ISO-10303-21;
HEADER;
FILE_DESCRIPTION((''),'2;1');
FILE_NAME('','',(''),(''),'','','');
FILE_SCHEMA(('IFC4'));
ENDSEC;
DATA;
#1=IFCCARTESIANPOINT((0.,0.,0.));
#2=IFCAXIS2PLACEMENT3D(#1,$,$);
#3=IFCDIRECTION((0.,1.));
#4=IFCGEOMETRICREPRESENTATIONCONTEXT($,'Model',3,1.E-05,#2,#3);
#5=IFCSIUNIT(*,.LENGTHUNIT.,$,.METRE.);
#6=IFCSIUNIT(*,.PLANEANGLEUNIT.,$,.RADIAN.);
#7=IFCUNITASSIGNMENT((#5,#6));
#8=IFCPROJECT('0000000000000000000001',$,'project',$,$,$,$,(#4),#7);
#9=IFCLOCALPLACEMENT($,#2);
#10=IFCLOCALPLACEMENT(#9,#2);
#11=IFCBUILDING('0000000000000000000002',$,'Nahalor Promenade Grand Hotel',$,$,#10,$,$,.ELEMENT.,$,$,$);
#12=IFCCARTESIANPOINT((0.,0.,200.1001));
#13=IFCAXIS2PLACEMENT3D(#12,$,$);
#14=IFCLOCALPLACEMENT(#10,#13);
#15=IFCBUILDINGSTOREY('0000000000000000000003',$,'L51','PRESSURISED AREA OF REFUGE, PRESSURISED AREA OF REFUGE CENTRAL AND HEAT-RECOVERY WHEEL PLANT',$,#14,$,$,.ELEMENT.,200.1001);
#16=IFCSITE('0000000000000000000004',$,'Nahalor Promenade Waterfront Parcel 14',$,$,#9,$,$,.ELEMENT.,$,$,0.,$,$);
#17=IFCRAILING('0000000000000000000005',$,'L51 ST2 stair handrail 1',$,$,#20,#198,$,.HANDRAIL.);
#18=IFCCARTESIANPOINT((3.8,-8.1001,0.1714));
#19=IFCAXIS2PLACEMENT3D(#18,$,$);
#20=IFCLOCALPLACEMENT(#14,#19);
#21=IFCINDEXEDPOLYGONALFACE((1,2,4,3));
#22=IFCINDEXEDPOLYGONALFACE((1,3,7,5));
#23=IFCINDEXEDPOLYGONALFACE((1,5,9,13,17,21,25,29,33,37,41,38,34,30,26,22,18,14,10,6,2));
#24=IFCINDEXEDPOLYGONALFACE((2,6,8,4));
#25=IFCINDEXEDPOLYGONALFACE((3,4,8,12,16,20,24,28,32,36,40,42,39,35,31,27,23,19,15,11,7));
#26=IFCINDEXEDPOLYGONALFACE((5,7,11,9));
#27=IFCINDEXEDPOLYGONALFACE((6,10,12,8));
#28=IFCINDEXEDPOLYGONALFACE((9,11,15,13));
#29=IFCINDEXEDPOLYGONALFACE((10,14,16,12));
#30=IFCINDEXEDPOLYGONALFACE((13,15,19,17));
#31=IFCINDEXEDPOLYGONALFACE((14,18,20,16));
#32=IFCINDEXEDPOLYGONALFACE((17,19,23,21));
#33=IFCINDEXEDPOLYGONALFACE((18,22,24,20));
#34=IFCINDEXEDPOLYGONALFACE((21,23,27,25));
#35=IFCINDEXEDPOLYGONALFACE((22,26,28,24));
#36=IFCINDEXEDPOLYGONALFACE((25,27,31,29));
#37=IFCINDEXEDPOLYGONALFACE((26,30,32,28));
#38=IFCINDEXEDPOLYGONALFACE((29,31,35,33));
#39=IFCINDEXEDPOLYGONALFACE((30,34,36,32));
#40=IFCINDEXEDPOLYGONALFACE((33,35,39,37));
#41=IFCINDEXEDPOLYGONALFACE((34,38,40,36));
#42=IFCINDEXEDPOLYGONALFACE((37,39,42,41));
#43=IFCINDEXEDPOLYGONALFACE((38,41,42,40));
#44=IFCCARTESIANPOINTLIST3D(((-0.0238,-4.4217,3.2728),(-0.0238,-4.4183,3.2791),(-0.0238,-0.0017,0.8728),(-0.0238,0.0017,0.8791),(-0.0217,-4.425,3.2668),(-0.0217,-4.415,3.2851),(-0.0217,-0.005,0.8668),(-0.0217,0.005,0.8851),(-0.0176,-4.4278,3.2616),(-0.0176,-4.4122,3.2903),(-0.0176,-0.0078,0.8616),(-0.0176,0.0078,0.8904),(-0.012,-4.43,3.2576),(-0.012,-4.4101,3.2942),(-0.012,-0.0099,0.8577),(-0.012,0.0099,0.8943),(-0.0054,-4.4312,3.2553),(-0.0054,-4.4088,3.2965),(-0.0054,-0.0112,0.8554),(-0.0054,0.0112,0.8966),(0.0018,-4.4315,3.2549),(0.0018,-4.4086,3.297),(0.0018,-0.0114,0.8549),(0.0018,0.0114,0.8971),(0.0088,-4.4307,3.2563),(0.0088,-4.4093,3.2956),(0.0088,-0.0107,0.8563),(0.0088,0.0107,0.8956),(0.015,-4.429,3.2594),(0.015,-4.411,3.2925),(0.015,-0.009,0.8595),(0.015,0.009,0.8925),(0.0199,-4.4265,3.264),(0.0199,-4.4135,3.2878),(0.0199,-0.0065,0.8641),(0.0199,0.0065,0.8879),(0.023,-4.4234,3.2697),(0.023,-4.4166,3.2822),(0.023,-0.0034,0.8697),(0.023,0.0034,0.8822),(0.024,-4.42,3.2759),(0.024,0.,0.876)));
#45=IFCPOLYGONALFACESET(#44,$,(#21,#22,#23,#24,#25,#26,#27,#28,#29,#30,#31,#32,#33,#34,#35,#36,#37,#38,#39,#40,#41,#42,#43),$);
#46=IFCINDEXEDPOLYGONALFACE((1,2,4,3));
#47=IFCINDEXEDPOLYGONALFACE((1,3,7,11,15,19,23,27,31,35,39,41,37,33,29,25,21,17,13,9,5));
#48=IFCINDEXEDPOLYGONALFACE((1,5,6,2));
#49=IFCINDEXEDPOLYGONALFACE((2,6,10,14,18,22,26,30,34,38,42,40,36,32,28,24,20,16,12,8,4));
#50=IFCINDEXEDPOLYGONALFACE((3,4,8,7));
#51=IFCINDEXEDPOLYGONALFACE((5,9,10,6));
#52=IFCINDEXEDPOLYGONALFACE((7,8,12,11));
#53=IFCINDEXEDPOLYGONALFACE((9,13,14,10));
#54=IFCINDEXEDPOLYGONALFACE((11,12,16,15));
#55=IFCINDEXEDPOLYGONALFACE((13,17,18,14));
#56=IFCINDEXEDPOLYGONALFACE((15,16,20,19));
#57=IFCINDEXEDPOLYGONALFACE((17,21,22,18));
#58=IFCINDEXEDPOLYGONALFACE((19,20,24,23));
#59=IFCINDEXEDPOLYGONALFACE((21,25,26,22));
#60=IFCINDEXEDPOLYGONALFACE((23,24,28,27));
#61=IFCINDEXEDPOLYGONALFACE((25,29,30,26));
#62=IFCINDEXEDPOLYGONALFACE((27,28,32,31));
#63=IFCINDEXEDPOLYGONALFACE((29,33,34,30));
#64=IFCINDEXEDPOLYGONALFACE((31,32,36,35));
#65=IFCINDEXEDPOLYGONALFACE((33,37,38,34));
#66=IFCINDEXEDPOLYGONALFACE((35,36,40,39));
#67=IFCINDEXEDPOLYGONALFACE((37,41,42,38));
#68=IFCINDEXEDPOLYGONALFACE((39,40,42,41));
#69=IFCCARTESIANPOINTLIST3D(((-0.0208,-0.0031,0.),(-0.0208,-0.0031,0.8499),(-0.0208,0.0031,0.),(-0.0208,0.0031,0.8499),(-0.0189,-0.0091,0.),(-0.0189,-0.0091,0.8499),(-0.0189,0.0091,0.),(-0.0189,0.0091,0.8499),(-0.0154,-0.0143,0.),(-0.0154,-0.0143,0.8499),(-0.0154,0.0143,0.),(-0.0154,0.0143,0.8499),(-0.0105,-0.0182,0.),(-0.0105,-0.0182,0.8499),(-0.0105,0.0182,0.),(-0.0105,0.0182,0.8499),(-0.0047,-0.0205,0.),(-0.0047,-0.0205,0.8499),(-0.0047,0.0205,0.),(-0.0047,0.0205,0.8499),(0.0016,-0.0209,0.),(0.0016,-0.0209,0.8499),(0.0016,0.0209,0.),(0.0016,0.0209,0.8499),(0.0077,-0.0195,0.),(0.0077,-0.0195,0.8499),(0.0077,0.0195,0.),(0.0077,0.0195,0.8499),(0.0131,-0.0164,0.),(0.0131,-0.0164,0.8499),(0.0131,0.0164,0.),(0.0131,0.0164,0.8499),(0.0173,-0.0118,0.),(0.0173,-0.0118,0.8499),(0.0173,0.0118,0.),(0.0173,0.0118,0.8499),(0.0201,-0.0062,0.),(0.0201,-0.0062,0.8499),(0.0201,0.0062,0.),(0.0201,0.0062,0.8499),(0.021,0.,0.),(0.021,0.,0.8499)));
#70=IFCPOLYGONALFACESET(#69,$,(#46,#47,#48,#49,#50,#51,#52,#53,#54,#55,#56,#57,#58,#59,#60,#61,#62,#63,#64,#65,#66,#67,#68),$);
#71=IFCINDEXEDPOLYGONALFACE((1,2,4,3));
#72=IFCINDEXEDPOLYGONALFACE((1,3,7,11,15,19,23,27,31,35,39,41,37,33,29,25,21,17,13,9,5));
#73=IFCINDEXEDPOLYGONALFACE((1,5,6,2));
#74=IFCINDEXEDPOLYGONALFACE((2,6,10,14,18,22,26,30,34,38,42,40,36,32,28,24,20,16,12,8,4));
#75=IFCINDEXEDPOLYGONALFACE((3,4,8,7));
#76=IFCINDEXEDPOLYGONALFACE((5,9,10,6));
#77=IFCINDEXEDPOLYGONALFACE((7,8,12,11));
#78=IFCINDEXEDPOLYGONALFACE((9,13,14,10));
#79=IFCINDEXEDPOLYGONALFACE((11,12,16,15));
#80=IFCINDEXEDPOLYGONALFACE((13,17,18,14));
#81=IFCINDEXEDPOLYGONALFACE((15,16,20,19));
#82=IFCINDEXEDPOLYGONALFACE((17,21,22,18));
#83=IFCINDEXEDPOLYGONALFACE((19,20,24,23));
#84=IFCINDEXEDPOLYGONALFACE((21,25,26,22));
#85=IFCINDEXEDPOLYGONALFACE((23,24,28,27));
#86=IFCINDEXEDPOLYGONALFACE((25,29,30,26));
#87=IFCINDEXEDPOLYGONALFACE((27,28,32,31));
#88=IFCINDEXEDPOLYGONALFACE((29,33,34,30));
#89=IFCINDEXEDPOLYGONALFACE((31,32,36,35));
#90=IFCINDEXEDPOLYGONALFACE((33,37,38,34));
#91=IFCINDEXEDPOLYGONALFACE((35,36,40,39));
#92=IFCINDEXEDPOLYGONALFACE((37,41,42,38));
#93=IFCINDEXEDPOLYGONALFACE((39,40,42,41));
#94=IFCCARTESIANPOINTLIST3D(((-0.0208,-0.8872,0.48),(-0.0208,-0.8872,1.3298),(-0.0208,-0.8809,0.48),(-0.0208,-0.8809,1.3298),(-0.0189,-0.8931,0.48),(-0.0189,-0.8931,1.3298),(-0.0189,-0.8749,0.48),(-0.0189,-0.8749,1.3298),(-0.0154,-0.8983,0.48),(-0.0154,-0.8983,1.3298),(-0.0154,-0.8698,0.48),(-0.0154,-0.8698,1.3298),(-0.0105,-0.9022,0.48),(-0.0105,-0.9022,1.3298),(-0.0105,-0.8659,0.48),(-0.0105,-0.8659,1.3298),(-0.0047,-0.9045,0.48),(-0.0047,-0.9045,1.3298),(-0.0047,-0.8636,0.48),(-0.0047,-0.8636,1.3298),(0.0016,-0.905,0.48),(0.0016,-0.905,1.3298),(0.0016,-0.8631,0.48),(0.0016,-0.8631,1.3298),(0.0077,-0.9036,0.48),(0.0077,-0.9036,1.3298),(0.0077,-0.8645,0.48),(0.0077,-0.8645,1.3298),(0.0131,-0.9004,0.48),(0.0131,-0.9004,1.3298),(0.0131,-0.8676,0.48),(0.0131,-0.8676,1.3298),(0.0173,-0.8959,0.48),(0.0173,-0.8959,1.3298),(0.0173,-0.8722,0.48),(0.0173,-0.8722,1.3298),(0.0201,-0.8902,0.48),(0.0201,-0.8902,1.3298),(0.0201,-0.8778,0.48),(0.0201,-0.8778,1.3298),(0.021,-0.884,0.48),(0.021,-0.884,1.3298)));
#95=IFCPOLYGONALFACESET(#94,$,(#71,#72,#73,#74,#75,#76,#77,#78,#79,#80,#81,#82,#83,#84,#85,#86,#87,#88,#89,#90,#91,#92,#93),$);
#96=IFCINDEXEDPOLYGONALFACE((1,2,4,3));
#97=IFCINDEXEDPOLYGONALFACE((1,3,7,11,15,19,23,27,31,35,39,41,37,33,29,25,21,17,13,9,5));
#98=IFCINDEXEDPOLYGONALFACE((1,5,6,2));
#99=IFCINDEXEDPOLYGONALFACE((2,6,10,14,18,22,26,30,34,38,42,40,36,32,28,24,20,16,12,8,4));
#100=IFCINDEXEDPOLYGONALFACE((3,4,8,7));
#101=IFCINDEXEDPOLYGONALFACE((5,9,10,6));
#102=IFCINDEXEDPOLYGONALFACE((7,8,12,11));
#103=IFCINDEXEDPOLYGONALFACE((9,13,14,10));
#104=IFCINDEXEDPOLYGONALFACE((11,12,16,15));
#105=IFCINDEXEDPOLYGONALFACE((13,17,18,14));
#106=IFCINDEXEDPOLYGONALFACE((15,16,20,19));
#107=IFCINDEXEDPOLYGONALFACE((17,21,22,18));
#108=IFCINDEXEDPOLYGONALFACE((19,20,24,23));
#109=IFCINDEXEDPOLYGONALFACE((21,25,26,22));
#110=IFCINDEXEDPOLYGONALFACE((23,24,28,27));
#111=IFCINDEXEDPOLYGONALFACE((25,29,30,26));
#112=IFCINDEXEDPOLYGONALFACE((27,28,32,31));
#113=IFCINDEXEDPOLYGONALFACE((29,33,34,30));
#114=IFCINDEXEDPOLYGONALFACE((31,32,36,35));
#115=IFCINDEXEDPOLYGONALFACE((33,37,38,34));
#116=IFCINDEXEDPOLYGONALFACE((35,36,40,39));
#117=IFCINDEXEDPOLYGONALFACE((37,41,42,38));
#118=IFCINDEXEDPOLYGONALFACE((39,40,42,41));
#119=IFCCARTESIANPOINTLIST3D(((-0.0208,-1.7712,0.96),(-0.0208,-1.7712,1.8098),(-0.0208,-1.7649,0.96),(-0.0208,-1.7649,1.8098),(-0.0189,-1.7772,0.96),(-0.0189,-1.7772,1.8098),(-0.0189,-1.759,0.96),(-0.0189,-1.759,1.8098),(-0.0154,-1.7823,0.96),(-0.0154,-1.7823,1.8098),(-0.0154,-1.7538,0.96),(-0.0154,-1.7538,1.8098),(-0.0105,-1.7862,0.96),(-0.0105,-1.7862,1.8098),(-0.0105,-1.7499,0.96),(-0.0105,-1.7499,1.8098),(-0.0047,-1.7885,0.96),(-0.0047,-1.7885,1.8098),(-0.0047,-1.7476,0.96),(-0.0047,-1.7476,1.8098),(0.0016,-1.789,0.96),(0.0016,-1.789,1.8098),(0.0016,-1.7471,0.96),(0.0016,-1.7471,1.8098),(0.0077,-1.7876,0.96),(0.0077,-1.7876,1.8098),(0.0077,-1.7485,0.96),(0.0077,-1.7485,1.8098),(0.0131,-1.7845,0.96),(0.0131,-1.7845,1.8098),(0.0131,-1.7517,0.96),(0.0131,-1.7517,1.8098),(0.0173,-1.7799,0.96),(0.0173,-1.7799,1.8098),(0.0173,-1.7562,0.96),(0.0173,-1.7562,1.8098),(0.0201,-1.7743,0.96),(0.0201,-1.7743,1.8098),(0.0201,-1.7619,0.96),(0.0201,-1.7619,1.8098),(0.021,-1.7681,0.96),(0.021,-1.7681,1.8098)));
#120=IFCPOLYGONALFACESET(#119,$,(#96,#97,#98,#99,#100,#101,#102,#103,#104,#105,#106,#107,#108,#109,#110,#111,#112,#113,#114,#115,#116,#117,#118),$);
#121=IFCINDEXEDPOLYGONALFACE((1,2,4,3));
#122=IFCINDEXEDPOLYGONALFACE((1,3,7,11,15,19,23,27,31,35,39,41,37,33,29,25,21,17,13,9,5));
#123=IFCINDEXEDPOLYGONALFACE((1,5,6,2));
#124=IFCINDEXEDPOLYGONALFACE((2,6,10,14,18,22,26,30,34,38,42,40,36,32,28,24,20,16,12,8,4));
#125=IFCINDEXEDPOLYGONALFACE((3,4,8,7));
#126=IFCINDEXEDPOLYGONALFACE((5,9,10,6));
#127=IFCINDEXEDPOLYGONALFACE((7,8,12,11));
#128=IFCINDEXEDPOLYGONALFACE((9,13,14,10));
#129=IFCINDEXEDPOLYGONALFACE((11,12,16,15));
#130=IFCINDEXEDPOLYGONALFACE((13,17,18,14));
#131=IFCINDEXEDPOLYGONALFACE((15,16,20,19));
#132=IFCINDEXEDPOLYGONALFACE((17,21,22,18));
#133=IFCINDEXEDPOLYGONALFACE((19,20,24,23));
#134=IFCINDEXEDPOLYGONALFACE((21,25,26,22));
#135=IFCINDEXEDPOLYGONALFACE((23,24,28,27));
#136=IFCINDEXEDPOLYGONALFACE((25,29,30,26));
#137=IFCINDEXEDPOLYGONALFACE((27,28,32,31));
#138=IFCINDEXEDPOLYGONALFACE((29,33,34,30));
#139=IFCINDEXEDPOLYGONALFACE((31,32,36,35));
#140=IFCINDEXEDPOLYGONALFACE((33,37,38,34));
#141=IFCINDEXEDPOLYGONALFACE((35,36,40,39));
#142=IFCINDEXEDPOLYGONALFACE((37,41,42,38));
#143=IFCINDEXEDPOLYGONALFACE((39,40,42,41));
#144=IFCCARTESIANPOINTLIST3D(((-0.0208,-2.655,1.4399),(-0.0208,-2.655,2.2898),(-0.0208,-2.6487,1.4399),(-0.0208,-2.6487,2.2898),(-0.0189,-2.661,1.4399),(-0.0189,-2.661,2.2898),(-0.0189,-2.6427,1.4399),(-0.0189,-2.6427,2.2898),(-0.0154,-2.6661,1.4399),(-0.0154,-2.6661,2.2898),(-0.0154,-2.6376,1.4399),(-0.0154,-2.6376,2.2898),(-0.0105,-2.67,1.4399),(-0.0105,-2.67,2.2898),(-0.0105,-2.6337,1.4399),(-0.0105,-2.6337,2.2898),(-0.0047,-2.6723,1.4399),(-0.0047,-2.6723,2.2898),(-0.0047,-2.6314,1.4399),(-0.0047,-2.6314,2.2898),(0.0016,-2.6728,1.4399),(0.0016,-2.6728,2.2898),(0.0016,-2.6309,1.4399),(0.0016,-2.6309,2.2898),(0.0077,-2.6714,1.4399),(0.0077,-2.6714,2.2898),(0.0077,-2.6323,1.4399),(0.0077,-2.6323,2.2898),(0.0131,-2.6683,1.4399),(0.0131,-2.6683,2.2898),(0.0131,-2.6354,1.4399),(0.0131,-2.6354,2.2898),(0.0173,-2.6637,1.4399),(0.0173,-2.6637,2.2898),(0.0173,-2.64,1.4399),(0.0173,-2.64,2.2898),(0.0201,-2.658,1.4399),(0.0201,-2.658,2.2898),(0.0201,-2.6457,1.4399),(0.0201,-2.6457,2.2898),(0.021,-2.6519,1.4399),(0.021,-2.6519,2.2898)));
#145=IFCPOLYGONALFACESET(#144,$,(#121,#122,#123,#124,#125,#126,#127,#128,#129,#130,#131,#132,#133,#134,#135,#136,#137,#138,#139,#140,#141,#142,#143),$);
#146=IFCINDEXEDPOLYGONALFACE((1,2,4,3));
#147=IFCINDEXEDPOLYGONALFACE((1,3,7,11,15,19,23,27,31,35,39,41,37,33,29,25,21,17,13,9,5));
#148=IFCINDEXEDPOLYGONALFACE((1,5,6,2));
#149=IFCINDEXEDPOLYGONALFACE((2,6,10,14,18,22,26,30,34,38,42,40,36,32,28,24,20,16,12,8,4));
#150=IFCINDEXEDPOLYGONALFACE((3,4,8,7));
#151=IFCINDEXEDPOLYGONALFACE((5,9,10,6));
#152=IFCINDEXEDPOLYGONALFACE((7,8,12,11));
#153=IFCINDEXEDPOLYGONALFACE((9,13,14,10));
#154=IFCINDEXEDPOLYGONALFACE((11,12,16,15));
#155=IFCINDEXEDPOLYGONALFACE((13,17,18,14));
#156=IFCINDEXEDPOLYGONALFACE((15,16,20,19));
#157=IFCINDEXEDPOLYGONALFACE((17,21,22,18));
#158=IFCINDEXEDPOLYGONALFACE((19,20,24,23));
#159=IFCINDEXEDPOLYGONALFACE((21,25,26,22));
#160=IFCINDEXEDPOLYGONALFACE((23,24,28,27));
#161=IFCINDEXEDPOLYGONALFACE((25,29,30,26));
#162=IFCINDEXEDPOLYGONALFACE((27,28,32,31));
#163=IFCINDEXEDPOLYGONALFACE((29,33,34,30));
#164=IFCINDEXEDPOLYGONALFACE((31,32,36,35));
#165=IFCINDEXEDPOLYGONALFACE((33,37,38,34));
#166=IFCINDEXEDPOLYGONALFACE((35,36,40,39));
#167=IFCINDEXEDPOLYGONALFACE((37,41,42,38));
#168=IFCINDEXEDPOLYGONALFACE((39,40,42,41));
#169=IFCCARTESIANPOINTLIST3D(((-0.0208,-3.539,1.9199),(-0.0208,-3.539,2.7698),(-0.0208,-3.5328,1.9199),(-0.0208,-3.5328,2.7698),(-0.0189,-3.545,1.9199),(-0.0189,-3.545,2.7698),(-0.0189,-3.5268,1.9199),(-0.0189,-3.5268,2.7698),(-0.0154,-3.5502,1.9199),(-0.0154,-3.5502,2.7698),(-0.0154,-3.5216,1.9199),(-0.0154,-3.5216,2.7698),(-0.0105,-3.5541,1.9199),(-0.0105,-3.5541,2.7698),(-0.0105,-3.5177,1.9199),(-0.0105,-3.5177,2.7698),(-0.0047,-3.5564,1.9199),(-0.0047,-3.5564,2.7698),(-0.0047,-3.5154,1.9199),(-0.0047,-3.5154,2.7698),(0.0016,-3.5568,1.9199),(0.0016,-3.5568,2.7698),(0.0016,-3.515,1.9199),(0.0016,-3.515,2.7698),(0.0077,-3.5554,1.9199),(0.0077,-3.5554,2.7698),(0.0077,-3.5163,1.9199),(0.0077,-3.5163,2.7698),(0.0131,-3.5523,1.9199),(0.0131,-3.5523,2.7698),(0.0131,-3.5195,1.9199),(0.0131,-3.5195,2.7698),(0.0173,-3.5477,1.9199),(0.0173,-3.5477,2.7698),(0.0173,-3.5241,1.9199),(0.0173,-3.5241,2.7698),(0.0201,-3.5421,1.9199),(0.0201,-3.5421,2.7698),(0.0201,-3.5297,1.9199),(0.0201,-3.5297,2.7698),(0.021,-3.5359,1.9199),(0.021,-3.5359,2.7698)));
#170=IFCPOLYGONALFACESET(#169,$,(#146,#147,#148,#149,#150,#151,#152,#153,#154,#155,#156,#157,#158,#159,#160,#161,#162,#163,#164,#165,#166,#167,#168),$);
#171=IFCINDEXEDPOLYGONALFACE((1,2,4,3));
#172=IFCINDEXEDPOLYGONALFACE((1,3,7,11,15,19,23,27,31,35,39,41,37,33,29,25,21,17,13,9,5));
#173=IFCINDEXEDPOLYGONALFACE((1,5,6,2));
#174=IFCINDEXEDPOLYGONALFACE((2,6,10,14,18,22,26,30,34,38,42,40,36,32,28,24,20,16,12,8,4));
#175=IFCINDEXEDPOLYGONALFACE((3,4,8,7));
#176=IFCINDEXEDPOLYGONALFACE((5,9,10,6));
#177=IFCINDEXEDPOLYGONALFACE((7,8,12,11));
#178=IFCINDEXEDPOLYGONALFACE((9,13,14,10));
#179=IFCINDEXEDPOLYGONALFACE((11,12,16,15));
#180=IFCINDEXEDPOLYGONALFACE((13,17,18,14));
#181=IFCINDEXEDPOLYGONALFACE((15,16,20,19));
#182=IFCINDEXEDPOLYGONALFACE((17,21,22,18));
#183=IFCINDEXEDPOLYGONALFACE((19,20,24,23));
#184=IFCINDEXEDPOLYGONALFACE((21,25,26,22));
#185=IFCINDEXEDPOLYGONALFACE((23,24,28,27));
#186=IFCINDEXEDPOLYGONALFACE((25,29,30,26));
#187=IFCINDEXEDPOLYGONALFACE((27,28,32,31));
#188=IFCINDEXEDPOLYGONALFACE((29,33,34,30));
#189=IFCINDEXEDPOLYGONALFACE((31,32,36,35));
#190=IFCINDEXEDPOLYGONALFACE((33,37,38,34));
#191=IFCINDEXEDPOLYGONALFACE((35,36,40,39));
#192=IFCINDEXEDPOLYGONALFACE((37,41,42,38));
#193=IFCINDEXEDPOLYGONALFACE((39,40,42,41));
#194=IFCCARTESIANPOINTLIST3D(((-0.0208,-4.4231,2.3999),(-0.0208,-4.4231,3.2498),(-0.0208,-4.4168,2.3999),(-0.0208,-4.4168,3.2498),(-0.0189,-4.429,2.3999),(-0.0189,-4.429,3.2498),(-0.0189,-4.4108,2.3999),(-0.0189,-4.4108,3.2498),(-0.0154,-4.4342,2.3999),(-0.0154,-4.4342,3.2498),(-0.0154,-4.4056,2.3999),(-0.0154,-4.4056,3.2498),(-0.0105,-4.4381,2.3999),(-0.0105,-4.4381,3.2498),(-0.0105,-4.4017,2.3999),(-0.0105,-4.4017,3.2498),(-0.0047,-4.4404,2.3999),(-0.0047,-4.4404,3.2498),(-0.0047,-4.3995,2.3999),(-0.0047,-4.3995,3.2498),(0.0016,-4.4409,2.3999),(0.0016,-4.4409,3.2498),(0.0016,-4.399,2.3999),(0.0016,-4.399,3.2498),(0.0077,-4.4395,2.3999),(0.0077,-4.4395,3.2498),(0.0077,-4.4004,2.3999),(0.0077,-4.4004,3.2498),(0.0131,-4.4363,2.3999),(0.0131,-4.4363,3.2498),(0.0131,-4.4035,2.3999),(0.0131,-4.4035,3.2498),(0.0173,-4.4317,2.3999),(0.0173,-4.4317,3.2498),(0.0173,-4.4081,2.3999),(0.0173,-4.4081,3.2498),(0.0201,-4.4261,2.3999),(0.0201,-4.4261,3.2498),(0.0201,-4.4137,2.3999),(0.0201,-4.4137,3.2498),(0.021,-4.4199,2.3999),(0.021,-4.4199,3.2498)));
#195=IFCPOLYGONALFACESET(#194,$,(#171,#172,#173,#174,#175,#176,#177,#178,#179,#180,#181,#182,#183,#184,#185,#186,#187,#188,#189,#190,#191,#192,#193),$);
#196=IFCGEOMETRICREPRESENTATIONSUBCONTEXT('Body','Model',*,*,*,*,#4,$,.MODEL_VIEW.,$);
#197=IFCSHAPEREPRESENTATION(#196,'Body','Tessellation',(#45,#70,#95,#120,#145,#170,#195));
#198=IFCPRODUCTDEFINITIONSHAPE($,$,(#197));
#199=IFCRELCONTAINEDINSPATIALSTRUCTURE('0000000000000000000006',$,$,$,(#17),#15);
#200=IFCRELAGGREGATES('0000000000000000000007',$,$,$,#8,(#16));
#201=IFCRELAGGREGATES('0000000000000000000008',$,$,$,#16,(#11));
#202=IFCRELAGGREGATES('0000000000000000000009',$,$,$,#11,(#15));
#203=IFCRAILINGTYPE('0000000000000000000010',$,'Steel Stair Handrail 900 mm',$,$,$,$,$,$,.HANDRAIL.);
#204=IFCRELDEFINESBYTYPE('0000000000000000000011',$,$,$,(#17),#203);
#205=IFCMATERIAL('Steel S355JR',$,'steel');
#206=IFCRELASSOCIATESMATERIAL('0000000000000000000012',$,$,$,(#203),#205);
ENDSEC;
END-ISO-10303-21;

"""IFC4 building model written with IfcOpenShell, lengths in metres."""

from ifc_helpers import new_model, si_unit, direction, frame, origin, origin_2d, place, context, subcontext, project, spatial, circle, extrude, material, type_object, element, save


model = new_model("IFC4")

# Units and contexts
model_context = context("Model", 3, precision=1e-05, world=origin(), true_north=direction((0.0, 1.0)))
body_context = subcontext(model_context, "Body", "Model", "MODEL_VIEW")
ifc_project = project(units=[si_unit("LENGTHUNIT", "METRE"), si_unit("PLANEANGLEUNIT", "RADIAN")], contexts=[model_context])

# Site, building, storey
site_placement = place(None, origin())
site = spatial("IfcSite", under=ifc_project, at=site_placement, Name="Nahalor Promenade Waterfront Parcel 14", CompositionType="ELEMENT", RefElevation=0.0)
building_placement = place(site_placement, origin())
building = spatial("IfcBuilding", under=site, at=building_placement, Name="Nahalor Promenade Grand Hotel", CompositionType="ELEMENT")
storey_placement = place(building_placement, frame((0.0, 0.0, 200.1001)))
storey = spatial("IfcBuildingStorey", under=building, at=storey_placement, Name="L51", Description="PRESSURISED AREA OF REFUGE, PRESSURISED AREA OF REFUGE CENTRAL AND HEAT-RECOVERY WHEEL PLANT", CompositionType="ELEMENT", Elevation=200.1001)

# Shared definitions
ifc_material_1 = material(Name="Steel S355JR", Category="steel")

# Railing
railing_type_1 = type_object("IfcRailingType", Name="Steel Stair Handrail 900 mm", PredefinedType="HANDRAIL", material=ifc_material_1)
railing_1_placement = place(storey_placement, frame((3.8, -8.1001, 0.1714)))
element("IfcRailing", 1, at=railing_1_placement, inside=storey, type_object=railing_type_1, Name="L51 ST2 stair handrail 1", PredefinedType="HANDRAIL", context=body_context, shape_type="SweptSolid", body=[
    extrude(circle(Radius=0.024, at=origin_2d()), frame((0.0, 0.0, 0.876), z_axis=(0.0, -0.87881, 0.477171), x_axis=(1.0, 0.0, 0.0)), (0.0, 0.0, 1.0), 5.0295),
    extrude(circle(Radius=0.021, at=origin_2d()), origin(), (0.0, 0.0, 1.0), 0.8499),
    extrude(circle(Radius=0.021, at=origin_2d()), frame((0.0, -0.884, 0.48)), (0.0, 0.0, 1.0), 0.8499),
    extrude(circle(Radius=0.021, at=origin_2d()), frame((0.0, -1.7681, 0.96)), (0.0, 0.0, 1.0), 0.8499),
    extrude(circle(Radius=0.021, at=origin_2d()), frame((0.0, -2.6519, 1.4399)), (0.0, 0.0, 1.0), 0.8499),
    extrude(circle(Radius=0.021, at=origin_2d()), frame((0.0, -3.5359, 1.9199)), (0.0, 0.0, 1.0), 0.8499),
    extrude(circle(Radius=0.021, at=origin_2d()), frame((0.0, -4.4199, 2.3999)), (0.0, 0.0, 1.0), 0.8499),
])

save(model, "model.ifc")
